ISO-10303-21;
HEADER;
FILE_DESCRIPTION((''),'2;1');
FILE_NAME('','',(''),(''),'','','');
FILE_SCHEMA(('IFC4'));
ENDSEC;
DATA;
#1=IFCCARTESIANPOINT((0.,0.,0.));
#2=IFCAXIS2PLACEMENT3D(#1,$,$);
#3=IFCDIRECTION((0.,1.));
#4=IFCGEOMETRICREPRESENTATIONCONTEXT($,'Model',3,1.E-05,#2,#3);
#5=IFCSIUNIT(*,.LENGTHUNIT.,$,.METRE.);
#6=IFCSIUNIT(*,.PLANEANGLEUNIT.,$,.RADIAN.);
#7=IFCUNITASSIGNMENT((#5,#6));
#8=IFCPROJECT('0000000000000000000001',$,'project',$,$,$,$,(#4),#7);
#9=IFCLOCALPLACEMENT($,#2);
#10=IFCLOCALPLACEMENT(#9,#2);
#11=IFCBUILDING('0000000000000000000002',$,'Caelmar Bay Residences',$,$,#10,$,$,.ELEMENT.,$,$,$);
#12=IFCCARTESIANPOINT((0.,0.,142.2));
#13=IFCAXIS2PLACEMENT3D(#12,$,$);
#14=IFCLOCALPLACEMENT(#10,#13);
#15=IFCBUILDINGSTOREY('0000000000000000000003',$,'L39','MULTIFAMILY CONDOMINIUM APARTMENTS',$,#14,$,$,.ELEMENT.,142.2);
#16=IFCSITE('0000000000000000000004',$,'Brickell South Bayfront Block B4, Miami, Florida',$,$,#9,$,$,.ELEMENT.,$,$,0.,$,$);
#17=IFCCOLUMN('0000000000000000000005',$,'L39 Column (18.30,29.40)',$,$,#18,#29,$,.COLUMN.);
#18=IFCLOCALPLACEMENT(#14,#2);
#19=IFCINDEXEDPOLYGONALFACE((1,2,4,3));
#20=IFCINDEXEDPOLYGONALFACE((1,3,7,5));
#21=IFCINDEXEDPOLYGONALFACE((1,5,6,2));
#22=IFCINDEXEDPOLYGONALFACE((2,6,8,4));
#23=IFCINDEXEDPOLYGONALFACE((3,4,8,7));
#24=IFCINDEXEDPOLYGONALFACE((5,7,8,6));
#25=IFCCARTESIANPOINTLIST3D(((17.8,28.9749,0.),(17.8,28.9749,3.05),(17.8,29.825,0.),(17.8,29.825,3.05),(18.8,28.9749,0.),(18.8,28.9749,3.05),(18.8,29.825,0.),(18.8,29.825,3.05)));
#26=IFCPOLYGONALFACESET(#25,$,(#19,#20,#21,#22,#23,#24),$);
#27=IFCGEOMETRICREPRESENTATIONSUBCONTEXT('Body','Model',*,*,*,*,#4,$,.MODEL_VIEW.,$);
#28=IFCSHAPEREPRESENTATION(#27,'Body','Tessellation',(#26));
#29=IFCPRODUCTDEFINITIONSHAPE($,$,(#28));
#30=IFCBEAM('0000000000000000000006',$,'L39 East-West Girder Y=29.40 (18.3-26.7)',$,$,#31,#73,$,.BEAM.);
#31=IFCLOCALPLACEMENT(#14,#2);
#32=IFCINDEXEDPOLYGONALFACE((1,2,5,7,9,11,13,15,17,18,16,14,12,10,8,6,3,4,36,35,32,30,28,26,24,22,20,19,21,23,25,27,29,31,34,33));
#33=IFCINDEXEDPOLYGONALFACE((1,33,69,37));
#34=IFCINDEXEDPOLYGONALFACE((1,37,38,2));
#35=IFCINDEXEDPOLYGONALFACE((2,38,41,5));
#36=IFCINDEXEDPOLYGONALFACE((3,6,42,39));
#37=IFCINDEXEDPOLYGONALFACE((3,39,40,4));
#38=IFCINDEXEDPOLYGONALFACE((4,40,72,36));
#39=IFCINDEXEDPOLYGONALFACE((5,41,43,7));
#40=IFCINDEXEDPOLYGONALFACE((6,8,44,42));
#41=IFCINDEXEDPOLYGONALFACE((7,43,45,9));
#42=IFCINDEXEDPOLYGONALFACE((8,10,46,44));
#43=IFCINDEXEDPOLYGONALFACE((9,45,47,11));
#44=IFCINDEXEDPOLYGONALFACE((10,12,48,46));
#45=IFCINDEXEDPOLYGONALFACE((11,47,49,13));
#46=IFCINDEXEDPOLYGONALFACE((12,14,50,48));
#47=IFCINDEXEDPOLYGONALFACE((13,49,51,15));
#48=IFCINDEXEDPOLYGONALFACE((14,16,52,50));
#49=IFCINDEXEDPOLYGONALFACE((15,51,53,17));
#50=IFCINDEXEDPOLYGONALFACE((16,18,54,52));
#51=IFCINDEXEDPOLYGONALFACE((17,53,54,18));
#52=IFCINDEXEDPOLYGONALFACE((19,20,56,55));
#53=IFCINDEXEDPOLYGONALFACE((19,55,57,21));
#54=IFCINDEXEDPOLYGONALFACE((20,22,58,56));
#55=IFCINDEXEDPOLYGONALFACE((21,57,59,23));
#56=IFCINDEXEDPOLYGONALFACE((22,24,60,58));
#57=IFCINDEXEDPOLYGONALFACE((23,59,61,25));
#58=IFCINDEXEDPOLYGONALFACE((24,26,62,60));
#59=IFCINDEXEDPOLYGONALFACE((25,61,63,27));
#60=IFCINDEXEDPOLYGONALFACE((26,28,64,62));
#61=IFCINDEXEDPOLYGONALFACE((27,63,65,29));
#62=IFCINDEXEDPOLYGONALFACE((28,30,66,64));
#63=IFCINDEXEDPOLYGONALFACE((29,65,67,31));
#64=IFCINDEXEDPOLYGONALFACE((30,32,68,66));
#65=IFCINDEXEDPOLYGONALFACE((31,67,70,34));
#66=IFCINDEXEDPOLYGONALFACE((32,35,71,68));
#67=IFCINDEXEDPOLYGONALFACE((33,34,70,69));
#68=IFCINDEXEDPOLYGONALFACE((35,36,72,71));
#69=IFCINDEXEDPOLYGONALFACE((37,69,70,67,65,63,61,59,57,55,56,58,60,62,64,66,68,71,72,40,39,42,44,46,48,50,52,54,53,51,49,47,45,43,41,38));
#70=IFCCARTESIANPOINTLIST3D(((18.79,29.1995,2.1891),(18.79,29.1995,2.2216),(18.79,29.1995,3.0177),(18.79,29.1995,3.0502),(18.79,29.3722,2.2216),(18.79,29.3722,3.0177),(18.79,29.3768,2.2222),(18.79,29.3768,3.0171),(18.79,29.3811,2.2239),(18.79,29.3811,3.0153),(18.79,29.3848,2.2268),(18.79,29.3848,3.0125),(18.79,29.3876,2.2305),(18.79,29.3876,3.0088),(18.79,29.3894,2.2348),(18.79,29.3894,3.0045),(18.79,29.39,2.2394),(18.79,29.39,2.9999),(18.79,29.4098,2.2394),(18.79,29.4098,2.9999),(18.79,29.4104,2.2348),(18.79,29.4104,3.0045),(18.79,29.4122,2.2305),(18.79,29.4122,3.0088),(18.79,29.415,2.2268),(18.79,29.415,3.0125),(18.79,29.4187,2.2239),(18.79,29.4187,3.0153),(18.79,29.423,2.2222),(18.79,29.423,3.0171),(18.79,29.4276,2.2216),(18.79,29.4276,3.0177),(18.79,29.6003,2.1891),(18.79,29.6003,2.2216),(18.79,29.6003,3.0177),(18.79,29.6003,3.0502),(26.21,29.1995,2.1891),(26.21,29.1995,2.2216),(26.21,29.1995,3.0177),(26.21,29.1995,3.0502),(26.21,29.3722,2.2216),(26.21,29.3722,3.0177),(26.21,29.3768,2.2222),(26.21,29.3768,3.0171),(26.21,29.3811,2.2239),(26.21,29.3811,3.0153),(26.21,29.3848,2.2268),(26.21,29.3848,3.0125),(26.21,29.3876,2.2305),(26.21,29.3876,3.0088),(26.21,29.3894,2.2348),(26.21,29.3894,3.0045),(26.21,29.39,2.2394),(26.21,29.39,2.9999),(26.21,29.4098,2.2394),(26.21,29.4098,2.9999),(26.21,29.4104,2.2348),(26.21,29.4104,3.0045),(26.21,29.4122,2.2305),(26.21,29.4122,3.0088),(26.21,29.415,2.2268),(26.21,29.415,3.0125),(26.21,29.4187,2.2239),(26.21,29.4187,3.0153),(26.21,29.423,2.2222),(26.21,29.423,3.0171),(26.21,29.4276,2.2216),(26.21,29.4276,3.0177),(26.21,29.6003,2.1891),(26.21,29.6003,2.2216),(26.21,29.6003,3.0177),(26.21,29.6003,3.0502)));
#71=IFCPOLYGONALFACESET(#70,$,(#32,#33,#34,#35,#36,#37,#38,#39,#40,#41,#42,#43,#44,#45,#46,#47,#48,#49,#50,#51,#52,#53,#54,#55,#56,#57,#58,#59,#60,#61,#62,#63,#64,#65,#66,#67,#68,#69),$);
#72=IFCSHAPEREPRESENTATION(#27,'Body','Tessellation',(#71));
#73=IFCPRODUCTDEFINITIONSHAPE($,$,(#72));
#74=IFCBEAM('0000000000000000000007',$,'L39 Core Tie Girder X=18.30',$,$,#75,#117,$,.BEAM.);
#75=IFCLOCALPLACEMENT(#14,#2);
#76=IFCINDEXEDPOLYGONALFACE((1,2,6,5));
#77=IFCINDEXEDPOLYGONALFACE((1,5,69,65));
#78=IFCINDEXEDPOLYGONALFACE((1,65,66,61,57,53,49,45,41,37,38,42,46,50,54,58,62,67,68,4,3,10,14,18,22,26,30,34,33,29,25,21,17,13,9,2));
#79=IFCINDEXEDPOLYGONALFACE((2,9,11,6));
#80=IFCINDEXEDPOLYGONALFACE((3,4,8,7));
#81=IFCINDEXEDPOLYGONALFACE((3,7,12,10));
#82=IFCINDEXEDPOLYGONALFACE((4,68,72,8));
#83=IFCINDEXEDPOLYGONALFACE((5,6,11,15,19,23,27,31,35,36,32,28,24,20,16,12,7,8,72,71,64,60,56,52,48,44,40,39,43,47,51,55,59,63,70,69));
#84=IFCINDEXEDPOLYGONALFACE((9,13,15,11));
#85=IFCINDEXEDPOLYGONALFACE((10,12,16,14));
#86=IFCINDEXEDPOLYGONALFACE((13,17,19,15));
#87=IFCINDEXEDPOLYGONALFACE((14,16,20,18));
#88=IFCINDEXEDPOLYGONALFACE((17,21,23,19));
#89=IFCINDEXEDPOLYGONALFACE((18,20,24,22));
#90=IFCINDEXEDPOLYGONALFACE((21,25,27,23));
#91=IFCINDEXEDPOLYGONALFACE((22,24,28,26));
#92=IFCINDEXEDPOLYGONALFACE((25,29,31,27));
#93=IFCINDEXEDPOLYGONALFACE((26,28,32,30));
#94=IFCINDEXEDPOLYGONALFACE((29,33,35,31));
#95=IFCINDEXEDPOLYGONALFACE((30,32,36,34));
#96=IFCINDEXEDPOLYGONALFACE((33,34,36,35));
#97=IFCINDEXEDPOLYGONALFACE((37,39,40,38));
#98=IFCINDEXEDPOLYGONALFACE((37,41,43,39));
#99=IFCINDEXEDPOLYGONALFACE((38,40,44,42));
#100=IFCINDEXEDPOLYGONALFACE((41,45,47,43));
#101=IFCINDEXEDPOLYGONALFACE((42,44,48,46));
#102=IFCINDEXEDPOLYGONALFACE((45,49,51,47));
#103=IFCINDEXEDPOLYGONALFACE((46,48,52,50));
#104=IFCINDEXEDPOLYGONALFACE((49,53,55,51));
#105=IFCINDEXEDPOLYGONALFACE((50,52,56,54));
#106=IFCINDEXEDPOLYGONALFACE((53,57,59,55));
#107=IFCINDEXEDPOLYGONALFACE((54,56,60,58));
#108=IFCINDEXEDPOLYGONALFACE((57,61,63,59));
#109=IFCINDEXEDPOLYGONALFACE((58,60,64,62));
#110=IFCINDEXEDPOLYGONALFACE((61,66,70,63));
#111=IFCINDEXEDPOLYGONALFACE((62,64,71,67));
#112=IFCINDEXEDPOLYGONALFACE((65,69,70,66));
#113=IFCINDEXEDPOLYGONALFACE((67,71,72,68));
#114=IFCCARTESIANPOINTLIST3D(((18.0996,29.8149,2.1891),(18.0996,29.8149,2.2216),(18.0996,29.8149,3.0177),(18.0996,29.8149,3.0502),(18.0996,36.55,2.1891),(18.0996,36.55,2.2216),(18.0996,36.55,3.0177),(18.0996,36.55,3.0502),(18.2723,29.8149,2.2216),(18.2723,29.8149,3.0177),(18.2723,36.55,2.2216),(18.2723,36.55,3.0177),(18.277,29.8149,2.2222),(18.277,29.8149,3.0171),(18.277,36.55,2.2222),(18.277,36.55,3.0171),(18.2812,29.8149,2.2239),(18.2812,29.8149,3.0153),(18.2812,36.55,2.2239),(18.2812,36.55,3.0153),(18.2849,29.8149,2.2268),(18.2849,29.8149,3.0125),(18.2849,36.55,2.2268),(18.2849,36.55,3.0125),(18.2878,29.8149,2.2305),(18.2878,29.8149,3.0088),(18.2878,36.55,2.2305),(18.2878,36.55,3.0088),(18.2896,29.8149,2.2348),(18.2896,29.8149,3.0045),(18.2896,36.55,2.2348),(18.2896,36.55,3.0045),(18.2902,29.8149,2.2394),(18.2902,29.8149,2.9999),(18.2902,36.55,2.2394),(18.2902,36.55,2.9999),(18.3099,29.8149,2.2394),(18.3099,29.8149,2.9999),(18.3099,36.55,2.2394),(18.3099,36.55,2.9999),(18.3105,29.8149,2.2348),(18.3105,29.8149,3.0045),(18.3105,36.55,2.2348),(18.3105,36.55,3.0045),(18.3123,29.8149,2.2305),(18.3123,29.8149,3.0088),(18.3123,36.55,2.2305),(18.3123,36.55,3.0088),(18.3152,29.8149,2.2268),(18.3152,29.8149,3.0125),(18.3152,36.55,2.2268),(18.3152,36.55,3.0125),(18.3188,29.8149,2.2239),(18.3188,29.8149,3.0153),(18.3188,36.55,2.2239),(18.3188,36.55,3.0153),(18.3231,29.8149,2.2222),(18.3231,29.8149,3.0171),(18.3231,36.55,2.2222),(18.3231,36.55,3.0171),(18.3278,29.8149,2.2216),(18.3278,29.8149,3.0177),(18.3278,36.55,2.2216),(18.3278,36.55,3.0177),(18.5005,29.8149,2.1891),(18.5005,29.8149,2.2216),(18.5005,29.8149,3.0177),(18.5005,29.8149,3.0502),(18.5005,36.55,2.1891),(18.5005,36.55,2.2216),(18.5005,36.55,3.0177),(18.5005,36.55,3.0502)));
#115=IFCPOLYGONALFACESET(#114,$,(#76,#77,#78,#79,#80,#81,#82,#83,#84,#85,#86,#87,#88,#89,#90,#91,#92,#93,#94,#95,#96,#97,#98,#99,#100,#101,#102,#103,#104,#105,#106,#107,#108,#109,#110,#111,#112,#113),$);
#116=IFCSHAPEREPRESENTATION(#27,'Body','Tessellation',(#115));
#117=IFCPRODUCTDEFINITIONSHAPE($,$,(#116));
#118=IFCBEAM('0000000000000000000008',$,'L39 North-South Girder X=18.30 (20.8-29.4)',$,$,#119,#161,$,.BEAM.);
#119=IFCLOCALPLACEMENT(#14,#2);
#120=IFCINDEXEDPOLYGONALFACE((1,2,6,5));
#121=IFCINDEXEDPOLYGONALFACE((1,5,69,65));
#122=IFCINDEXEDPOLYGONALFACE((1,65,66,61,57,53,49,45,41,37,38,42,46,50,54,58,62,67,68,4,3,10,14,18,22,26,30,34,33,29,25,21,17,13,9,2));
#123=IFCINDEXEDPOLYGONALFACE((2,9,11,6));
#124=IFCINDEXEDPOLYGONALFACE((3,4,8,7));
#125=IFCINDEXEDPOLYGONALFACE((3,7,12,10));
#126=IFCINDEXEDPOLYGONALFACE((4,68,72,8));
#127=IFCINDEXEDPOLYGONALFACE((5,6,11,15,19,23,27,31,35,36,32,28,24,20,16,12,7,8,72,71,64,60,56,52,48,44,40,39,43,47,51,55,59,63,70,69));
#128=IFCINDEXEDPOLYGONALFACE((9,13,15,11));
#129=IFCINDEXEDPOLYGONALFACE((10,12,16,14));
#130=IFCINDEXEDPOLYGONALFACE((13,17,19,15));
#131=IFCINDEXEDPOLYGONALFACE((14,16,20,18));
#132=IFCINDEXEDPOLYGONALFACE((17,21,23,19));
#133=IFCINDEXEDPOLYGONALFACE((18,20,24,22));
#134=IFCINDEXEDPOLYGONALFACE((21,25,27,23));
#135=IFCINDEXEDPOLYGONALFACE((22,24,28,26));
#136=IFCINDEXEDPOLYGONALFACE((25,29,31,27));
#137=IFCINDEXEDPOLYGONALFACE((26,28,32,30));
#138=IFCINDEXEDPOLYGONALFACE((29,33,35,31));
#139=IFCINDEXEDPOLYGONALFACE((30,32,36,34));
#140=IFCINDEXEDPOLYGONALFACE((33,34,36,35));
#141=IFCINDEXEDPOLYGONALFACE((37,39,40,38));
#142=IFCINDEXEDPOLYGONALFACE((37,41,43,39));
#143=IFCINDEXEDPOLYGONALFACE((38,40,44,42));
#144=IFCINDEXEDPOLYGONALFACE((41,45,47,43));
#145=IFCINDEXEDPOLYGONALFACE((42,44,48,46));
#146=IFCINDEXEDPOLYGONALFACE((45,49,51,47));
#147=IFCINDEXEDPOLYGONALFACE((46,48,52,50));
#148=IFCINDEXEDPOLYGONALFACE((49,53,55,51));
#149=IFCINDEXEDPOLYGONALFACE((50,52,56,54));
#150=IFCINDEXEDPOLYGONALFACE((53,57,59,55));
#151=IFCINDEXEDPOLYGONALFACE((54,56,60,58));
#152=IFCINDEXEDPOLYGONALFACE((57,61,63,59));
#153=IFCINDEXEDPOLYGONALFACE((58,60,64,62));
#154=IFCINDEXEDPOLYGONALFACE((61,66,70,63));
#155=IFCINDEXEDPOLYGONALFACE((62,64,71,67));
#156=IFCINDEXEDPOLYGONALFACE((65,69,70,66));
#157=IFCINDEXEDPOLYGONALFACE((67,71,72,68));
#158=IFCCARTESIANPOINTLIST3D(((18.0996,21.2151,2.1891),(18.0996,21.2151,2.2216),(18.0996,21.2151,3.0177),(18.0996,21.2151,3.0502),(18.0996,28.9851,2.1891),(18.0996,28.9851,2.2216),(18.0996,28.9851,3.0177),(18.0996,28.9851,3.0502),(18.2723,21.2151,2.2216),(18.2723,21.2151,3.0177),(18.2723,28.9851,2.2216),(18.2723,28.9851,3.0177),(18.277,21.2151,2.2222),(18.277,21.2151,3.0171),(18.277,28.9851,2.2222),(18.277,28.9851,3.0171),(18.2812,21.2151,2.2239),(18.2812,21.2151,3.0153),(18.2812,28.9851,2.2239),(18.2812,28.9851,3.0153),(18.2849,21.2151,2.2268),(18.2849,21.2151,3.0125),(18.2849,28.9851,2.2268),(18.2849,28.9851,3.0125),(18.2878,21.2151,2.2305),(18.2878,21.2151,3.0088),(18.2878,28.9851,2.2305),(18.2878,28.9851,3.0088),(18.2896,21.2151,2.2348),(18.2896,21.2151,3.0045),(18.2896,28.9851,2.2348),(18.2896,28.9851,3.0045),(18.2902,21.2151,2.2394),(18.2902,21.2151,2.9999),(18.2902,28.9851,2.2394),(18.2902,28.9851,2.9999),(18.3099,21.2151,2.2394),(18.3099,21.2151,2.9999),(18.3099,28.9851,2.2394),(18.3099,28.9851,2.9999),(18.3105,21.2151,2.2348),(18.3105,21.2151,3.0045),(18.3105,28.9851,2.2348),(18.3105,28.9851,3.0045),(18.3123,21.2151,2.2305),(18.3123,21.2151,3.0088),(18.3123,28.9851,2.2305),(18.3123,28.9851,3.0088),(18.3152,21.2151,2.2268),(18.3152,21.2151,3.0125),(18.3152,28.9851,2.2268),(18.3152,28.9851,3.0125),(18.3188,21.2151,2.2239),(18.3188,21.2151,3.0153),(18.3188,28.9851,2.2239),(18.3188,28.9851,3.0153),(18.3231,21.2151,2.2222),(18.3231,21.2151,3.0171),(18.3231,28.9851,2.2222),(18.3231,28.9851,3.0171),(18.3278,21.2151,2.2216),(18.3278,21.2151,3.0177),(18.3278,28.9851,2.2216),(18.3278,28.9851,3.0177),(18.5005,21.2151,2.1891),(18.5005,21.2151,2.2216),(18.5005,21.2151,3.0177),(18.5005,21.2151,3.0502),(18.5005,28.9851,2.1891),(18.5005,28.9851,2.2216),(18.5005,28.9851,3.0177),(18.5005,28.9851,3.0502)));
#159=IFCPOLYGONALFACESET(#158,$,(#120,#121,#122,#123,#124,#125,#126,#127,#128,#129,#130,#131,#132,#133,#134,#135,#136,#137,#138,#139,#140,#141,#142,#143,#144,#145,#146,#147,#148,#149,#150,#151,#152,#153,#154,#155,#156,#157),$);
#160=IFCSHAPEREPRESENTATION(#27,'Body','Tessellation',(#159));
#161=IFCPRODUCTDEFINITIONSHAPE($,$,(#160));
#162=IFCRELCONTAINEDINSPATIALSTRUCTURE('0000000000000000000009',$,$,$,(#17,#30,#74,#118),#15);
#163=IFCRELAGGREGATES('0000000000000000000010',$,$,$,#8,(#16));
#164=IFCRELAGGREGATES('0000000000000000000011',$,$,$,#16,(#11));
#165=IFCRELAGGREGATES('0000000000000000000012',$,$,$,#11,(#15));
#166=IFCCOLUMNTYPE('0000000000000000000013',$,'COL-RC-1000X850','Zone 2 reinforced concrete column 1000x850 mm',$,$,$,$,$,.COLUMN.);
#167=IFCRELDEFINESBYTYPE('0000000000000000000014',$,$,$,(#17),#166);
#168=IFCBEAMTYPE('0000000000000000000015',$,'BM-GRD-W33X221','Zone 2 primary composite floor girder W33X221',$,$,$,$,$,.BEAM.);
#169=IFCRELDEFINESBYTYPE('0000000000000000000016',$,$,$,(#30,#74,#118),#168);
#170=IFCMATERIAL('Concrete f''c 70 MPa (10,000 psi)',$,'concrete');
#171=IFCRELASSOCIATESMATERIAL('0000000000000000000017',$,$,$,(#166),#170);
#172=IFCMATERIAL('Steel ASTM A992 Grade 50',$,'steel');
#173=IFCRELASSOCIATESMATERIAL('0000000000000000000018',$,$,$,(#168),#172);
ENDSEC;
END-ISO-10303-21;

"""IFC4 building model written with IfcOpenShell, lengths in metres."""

from ifc_helpers import new_model, si_unit, direction, frame, origin, origin_2d, place, context, subcontext, project, spatial, rectangle, i_section, extrude, material, material_profile, profile_set, type_object, element, save


model = new_model("IFC4")

# Units and contexts
model_context = context("Model", 3, precision=1e-05, world=origin(), true_north=direction((0.0, 1.0)))
body_context = subcontext(model_context, "Body", "Model", "MODEL_VIEW")
ifc_project = project(units=[si_unit("LENGTHUNIT", "METRE"), si_unit("PLANEANGLEUNIT", "RADIAN")], contexts=[model_context])

# Site, building, storey
site_placement = place(None, origin())
site = spatial("IfcSite", under=ifc_project, at=site_placement, Name="Brickell South Bayfront Block B4, Miami, Florida", CompositionType="ELEMENT", RefElevation=0.0)
building_placement = place(site_placement, origin())
building = spatial("IfcBuilding", under=site, at=building_placement, Name="Caelmar Bay Residences", CompositionType="ELEMENT")
storey_placement = place(building_placement, frame((0.0, 0.0, 142.2)))
storey = spatial("IfcBuildingStorey", under=building, at=storey_placement, Name="L39", Description="MULTIFAMILY CONDOMINIUM APARTMENTS", CompositionType="ELEMENT", Elevation=142.2)

# Column
ifc_material_1 = material(Name="Concrete f'c 70 MPa (10,000 psi)", Category="concrete")
ifc_material_profile_1 = material_profile(ifc_material_1, rectangle(XDim=1.0, YDim=0.8501, at=origin_2d()), Name="RC-COL-1000X850")
ifc_profile_set_1 = profile_set([ifc_material_profile_1], Name="Concrete f'c 70 MPa (10,000 psi)")
column_type = type_object("IfcColumnType", Name="COL-RC-1000X850", Description="Zone 2 reinforced concrete column 1000x850 mm", PredefinedType="COLUMN", material=ifc_profile_set_1)
column_placement = place(storey_placement, frame((18.3, 29.3999, 0.0), z_axis=(0.0, 0.0, 1.0), x_axis=(1.0, 0.0, 0.0)))
element("IfcColumn", 1, at=column_placement, inside=storey, type_object=column_type, Name="L39 Column (18.30,29.40)", PredefinedType="COLUMN", context=body_context, shape_type="SweptSolid", body=[
    extrude(rectangle(XDim=1.0, YDim=0.8501, at=origin_2d()), origin(), (0.0, 0.0, 1.0), 3.05),
])

# Beams
ifc_material_2 = material(Name="Steel ASTM A992 Grade 50", Category="steel")
ifc_material_profile_2 = material_profile(ifc_material_2, i_section(OverallWidth=0.4009, OverallDepth=0.8611, WebThickness=0.0198, FlangeThickness=0.0325, FilletRadius=0.0178, at=origin_2d()), Name="W33X221")
ifc_profile_set_2 = profile_set([ifc_material_profile_2], Name="Steel ASTM A992 Grade 50")
beam_type_1 = type_object("IfcBeamType", Name="BM-GRD-W33X221", Description="Zone 2 primary composite floor girder W33X221", PredefinedType="BEAM", material=ifc_profile_set_2)
beam_1_placement = place(storey_placement, frame((18.79, 29.3999, 2.6196), z_axis=(1.0, 0.0, 0.0), x_axis=(0.0, 1.0, 0.0)))
element("IfcBeam", 2, at=beam_1_placement, inside=storey, type_object=beam_type_1, Name="L39 East-West Girder Y=29.40 (18.3-26.7)", PredefinedType="BEAM", context=body_context, shape_type="SweptSolid", body=[
    extrude(i_section(OverallWidth=0.4009, OverallDepth=0.8611, WebThickness=0.0198, FlangeThickness=0.0325, FilletRadius=0.0178, at=origin_2d()), origin(), (0.0, 0.0, 1.0), 7.4199),
])
beam_2_placement = place(storey_placement, frame((18.3, 29.8149, 2.6196), z_axis=(0.0, 1.0, 0.0), x_axis=(-1.0, 0.0, 0.0)))
element("IfcBeam", 3, at=beam_2_placement, inside=storey, type_object=beam_type_1, Name="L39 Core Tie Girder X=18.30", PredefinedType="BEAM", context=body_context, shape_type="SweptSolid", body=[
    extrude(i_section(OverallWidth=0.4009, OverallDepth=0.8611, WebThickness=0.0198, FlangeThickness=0.0325, FilletRadius=0.0178, at=origin_2d()), origin(), (0.0, 0.0, 1.0), 6.7351),
])
beam_3_placement = place(storey_placement, frame((18.3, 21.2151, 2.6196), z_axis=(0.0, 1.0, 0.0), x_axis=(-1.0, 0.0, 0.0)))
element("IfcBeam", 4, at=beam_3_placement, inside=storey, type_object=beam_type_1, Name="L39 North-South Girder X=18.30 (20.8-29.4)", PredefinedType="BEAM", context=body_context, shape_type="SweptSolid", body=[
    extrude(i_section(OverallWidth=0.4009, OverallDepth=0.8611, WebThickness=0.0198, FlangeThickness=0.0325, FilletRadius=0.0178, at=origin_2d()), origin(), (0.0, 0.0, 1.0), 7.77),
])

save(model, "model.ifc")
